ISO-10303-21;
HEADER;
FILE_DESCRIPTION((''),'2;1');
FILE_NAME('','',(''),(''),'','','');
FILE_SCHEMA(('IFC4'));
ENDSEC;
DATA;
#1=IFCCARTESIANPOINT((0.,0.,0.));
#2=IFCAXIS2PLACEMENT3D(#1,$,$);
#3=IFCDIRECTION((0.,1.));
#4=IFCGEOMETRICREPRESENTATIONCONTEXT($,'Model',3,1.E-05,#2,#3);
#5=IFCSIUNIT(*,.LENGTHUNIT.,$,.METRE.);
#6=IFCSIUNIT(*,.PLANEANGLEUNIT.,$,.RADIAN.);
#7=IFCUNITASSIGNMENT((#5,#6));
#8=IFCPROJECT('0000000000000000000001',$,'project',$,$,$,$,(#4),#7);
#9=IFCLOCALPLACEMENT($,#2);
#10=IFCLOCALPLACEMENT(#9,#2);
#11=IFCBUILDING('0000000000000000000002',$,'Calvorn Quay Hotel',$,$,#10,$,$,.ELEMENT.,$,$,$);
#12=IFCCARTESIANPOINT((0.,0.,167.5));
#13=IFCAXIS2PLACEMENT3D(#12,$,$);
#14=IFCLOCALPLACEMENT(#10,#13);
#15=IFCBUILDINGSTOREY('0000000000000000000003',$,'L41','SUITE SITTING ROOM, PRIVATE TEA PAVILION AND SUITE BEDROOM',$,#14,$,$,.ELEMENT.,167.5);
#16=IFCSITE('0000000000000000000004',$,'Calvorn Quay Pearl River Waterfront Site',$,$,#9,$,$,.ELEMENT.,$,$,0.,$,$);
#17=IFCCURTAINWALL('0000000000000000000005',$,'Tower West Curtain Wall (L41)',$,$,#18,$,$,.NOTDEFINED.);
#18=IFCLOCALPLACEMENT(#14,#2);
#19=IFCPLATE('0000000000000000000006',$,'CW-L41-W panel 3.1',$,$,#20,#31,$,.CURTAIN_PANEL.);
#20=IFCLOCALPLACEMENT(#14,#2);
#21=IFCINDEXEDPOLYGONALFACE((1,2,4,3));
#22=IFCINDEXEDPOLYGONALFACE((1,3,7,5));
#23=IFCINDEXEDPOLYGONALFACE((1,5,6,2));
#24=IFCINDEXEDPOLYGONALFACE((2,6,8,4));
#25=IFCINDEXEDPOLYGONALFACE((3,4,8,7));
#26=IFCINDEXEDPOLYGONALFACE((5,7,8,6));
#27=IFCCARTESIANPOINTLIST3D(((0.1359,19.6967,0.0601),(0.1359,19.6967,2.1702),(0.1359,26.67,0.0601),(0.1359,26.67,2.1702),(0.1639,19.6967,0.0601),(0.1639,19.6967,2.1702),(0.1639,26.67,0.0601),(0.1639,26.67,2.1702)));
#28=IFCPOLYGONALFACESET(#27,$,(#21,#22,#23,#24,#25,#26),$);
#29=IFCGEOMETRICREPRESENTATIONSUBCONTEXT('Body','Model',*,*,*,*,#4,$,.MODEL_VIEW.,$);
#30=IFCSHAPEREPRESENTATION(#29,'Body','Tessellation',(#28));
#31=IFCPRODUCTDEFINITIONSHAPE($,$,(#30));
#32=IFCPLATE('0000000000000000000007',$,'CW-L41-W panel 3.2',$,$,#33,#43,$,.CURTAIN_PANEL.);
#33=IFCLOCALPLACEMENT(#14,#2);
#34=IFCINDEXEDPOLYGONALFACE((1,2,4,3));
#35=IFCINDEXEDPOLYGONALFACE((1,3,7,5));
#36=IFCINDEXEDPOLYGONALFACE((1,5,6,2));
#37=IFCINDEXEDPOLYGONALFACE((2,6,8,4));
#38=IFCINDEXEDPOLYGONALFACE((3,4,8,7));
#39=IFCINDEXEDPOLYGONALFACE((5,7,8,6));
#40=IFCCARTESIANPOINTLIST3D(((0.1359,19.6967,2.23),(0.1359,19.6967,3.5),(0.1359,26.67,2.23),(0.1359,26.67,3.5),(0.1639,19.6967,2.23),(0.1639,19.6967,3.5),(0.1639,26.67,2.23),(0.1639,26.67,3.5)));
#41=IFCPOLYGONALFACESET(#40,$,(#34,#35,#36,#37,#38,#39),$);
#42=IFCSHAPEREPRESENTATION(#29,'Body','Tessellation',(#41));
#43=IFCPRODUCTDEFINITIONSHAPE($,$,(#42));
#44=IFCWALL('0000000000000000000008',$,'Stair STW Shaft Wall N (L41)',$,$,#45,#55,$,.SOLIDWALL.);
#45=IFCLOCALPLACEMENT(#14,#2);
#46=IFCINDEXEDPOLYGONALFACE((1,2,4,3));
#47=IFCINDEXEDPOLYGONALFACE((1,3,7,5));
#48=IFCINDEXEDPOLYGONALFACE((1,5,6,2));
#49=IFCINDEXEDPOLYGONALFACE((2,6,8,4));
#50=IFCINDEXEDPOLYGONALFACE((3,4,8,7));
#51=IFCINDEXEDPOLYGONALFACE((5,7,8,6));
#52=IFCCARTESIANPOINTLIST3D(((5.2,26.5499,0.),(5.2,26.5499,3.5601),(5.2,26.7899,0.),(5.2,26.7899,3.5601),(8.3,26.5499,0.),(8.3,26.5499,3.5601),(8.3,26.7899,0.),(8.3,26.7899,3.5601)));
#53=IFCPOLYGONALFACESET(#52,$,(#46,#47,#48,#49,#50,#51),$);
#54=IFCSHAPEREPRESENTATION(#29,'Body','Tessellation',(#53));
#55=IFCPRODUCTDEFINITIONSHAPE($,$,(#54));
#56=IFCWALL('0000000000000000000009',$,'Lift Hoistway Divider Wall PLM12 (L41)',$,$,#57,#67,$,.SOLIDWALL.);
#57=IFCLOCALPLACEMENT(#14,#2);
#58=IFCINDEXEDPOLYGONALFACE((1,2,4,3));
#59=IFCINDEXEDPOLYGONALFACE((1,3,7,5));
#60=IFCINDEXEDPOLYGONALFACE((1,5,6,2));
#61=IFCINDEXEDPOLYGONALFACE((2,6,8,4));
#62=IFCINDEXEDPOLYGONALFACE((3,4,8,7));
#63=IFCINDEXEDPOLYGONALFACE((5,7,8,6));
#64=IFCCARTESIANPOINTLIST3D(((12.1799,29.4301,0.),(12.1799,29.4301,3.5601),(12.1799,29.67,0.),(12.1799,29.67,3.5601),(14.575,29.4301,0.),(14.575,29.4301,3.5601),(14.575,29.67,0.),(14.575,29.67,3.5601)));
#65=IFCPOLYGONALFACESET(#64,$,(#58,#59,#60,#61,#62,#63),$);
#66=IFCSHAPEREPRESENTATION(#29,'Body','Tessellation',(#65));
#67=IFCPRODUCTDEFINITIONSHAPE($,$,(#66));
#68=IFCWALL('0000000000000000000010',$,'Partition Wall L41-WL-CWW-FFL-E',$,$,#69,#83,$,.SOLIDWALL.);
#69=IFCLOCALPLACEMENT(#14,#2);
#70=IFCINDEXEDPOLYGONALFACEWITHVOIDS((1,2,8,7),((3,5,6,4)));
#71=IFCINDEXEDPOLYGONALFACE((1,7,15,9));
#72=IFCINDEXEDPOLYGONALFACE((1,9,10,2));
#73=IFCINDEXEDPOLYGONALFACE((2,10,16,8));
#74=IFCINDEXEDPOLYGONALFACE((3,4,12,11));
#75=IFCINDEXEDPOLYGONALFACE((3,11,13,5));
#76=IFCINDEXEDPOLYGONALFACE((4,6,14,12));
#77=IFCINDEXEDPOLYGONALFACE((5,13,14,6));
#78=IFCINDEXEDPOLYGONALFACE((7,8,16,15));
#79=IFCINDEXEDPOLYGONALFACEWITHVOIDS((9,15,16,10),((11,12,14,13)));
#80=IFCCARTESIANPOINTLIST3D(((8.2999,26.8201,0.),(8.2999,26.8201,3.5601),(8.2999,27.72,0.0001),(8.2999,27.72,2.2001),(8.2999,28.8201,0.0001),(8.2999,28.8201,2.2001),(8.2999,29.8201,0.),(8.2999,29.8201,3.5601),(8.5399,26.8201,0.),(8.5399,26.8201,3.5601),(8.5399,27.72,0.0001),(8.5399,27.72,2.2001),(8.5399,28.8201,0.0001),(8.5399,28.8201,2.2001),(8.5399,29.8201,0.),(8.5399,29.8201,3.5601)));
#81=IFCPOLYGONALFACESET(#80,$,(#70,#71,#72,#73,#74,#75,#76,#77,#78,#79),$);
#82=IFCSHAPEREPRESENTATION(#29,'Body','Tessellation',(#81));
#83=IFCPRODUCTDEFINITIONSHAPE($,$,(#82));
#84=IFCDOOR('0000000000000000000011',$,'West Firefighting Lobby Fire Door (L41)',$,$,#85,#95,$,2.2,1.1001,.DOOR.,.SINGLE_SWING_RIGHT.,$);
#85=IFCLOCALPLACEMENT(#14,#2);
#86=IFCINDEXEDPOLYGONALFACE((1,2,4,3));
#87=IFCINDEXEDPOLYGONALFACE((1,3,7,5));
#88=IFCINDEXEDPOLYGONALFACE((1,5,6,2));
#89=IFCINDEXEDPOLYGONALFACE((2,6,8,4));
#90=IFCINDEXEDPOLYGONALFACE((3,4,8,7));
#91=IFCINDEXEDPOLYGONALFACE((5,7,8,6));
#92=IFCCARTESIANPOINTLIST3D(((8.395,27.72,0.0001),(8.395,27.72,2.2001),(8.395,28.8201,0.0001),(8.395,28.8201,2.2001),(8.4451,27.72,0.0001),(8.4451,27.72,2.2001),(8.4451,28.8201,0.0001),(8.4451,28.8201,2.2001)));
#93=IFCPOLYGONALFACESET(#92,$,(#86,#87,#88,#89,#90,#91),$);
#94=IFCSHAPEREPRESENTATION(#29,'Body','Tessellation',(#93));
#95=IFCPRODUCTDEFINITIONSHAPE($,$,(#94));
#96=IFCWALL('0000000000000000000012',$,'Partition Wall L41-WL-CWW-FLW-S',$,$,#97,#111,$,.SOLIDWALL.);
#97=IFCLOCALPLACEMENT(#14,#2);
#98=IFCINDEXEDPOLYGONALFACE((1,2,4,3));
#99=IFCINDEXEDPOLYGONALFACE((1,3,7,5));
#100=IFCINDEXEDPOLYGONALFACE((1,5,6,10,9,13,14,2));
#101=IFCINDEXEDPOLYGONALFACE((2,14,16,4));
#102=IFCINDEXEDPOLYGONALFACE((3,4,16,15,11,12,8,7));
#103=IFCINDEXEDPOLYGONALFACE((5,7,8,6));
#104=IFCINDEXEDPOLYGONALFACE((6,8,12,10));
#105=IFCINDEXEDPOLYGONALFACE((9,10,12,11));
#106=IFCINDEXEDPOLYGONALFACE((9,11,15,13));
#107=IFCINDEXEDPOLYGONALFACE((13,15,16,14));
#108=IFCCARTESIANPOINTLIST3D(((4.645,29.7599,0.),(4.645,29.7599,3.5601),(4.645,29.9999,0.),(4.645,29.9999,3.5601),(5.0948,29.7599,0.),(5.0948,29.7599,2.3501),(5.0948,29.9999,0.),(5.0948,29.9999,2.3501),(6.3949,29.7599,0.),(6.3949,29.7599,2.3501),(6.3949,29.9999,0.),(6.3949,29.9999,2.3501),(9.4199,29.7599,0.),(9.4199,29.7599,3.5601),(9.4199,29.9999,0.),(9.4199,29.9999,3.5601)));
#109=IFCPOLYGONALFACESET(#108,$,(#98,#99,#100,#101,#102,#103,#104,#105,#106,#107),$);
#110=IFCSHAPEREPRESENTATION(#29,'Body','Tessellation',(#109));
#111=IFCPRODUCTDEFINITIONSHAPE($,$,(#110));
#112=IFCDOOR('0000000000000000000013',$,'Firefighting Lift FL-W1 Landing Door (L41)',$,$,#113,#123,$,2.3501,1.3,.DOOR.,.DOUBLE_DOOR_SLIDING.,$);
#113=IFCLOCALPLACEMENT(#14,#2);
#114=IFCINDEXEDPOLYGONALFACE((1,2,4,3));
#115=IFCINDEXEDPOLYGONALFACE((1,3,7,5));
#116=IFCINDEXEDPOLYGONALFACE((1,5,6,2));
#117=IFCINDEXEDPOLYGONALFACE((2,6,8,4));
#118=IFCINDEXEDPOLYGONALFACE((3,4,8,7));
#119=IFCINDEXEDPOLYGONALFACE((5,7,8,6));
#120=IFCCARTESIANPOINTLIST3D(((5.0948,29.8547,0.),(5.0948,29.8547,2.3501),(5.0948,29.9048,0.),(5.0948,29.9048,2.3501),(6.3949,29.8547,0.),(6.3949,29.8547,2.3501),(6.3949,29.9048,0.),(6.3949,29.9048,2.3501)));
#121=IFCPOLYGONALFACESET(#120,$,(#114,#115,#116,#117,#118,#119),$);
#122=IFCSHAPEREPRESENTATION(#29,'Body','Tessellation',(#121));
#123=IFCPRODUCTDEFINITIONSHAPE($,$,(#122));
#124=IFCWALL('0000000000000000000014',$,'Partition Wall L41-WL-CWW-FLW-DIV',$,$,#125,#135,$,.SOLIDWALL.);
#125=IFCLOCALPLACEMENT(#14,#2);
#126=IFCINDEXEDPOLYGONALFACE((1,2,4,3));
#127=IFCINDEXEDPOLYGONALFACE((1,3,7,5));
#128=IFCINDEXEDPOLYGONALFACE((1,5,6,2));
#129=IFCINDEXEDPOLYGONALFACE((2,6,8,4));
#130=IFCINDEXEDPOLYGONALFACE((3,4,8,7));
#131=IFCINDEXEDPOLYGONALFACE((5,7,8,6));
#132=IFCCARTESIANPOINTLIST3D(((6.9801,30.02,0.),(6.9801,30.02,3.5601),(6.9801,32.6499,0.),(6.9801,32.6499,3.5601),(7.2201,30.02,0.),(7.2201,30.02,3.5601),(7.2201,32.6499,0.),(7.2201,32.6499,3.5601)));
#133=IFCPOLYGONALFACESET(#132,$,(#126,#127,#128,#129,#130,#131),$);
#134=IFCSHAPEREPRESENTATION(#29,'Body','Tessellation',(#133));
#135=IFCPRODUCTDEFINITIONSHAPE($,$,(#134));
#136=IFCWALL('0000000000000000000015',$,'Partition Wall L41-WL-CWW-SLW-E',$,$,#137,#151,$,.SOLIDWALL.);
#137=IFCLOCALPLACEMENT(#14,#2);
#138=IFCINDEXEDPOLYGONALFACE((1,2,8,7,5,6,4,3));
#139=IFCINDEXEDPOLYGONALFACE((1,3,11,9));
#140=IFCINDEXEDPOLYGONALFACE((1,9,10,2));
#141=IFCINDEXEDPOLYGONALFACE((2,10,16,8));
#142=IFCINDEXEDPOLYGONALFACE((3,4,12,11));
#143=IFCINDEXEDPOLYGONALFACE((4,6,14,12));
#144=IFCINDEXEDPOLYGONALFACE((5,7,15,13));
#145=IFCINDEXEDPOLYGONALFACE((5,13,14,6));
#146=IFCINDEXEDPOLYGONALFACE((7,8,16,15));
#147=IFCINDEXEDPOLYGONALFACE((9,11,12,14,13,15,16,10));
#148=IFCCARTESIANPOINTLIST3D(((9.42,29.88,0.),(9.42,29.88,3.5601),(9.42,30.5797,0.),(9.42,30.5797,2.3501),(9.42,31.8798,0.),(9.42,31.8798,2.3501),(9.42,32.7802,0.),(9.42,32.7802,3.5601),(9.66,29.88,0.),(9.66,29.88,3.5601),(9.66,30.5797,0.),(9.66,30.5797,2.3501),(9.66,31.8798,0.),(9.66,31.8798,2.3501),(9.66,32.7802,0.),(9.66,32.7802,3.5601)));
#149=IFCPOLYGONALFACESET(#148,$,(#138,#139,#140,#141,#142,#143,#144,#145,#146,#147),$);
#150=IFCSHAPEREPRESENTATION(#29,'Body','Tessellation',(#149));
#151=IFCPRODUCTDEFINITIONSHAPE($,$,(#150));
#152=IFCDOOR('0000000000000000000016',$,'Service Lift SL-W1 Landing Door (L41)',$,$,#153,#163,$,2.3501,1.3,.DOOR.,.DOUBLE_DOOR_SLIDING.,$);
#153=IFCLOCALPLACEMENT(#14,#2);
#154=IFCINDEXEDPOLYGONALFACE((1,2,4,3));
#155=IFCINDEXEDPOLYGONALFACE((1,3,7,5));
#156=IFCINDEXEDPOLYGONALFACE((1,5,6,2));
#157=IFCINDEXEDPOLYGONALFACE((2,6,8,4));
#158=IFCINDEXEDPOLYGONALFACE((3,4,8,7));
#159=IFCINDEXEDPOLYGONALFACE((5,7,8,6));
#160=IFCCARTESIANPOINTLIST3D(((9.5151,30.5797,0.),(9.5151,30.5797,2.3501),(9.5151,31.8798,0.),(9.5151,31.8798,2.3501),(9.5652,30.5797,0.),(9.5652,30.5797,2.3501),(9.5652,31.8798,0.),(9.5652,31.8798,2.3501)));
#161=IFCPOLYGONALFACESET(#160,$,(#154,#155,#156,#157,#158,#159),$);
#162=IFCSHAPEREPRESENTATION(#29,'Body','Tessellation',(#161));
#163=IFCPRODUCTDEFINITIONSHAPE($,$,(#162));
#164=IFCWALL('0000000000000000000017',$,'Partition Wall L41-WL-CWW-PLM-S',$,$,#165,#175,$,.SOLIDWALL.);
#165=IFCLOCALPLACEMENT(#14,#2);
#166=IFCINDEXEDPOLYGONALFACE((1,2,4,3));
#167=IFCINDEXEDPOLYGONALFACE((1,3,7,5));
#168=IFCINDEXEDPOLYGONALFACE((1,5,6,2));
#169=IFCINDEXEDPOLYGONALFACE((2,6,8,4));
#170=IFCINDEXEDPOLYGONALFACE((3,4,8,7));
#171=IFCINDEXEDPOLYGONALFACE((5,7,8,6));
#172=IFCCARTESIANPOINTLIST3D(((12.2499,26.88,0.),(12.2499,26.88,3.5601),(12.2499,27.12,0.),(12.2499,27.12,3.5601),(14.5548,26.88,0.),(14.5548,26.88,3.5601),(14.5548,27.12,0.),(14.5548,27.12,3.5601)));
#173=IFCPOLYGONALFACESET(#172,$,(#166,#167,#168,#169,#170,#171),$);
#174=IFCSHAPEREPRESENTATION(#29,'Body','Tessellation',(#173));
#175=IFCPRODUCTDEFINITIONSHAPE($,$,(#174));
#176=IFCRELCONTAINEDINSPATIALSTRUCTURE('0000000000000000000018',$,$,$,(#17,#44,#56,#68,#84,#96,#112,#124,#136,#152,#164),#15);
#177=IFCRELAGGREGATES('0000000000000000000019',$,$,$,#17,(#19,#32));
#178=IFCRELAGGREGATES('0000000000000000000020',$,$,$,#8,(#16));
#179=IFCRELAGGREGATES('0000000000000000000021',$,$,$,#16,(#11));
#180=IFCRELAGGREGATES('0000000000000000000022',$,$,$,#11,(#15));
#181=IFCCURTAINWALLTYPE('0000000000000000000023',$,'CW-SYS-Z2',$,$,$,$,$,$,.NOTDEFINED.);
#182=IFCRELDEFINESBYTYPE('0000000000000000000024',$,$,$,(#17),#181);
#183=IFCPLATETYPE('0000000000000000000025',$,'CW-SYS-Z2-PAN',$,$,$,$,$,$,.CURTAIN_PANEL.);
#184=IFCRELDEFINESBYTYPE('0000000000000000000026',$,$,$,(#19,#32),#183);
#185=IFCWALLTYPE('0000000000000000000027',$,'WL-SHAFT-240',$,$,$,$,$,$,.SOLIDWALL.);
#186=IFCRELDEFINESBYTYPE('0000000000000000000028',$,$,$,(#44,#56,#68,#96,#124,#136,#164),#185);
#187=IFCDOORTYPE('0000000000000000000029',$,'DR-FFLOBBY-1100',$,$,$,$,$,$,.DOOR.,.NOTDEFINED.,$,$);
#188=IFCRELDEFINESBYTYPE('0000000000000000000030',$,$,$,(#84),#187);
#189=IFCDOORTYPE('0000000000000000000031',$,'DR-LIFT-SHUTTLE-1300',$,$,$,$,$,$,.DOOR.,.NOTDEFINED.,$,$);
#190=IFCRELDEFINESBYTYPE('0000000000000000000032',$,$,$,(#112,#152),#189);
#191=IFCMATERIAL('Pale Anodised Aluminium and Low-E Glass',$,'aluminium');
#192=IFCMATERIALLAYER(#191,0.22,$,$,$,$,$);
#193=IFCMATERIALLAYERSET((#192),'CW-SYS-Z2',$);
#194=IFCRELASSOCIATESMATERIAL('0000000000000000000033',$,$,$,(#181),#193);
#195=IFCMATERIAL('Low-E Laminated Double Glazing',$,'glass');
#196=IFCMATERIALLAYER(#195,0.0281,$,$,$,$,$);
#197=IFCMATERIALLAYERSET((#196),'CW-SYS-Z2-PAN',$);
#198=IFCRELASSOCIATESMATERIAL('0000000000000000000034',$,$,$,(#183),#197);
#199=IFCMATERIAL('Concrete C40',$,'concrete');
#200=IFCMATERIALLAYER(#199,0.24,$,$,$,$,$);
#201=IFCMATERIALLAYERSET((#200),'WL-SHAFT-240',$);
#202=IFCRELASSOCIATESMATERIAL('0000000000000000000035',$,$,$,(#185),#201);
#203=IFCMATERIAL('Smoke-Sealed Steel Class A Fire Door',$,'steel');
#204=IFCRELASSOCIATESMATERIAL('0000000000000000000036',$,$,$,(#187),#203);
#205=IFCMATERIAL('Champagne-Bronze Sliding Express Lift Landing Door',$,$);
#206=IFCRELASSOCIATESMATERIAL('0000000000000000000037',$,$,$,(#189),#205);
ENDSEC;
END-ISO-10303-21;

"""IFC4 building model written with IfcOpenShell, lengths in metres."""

from ifc_helpers import new_model, si_unit, direction, frame, frame_2d, origin, origin_2d, place, context, subcontext, project, spatial, rectangle, extrude, material, layer, layer_set, type_object, element, fill, aggregate, save


model = new_model("IFC4")

# Units and contexts
model_context = context("Model", 3, precision=1e-05, world=origin(), true_north=direction((0.0, 1.0)))
body_context = subcontext(model_context, "Body", "Model", "MODEL_VIEW")
ifc_project = project(units=[si_unit("LENGTHUNIT", "METRE"), si_unit("PLANEANGLEUNIT", "RADIAN")], contexts=[model_context])

# Site, building, storey
site_placement = place(None, origin())
site = spatial("IfcSite", under=ifc_project, at=site_placement, Name="Calvorn Quay Pearl River Waterfront Site", CompositionType="ELEMENT", RefElevation=0.0)
building_placement = place(site_placement, origin())
building = spatial("IfcBuilding", under=site, at=building_placement, Name="Calvorn Quay Hotel", CompositionType="ELEMENT")
storey_placement = place(building_placement, frame((0.0, 0.0, 167.5)))
storey = spatial("IfcBuildingStorey", under=building, at=storey_placement, Name="L41", Description="SUITE SITTING ROOM, PRIVATE TEA PAVILION AND SUITE BEDROOM", CompositionType="ELEMENT", Elevation=167.5)

# Curtain wall, plates
ifc_material_1 = material(Name="Pale Anodised Aluminium and Low-E Glass", Category="aluminium")
ifc_layer_1 = layer(ifc_material_1, 0.22)
ifc_layer_set_1 = layer_set([ifc_layer_1], Name="CW-SYS-Z2")
curtain_wall_type = type_object("IfcCurtainWallType", Name="CW-SYS-Z2", PredefinedType="NOTDEFINED", material=ifc_layer_set_1)
curtain_wall_placement = place(storey_placement, origin())
curtain_wall = element("IfcCurtainWall", 1, at=curtain_wall_placement, inside=storey, type_object=curtain_wall_type, Name="Tower West Curtain Wall (L41)", PredefinedType="NOTDEFINED")
ifc_material_2 = material(Name="Low-E Laminated Double Glazing", Category="glass")
ifc_layer_2 = layer(ifc_material_2, 0.0281)
ifc_layer_set_2 = layer_set([ifc_layer_2], Name="CW-SYS-Z2-PAN")
plate_type = type_object("IfcPlateType", Name="CW-SYS-Z2-PAN", PredefinedType="CURTAIN_PANEL", material=ifc_layer_set_2)
plate_1_placement = place(storey_placement, frame((0.1499, 23.1833, 0.0601), z_axis=(0.0, 0.0, 1.0), x_axis=(0.0, 1.0, 0.0)))
plate_1 = element("IfcPlate", 2, at=plate_1_placement, type_object=plate_type, Name="CW-L41-W panel 3.1", PredefinedType="CURTAIN_PANEL", context=body_context, shape_type="SweptSolid", body=[
    extrude(rectangle(XDim=6.9734, YDim=0.0281, at=origin_2d()), origin(), (0.0, 0.0, 1.0), 2.1101),
])
plate_2_placement = place(storey_placement, frame((0.1499, 23.1833, 2.23), z_axis=(0.0, 0.0, 1.0), x_axis=(0.0, 1.0, 0.0)))
plate_2 = element("IfcPlate", 3, at=plate_2_placement, type_object=plate_type, Name="CW-L41-W panel 3.2", PredefinedType="CURTAIN_PANEL", context=body_context, shape_type="SweptSolid", body=[
    extrude(rectangle(XDim=6.9734, YDim=0.0281, at=origin_2d()), origin(), (0.0, 0.0, 1.0), 1.27),
])
aggregate(curtain_wall, [plate_1, plate_2])

# Walls
ifc_material_3 = material(Name="Concrete C40", Category="concrete")
ifc_layer_3 = layer(ifc_material_3, 0.24)
ifc_layer_set_3 = layer_set([ifc_layer_3], Name="WL-SHAFT-240")
wall_type_1 = type_object("IfcWallType", Name="WL-SHAFT-240", PredefinedType="SOLIDWALL", material=ifc_layer_set_3)
wall_1_placement = place(storey_placement, frame((5.2, 26.6699, 0.0), z_axis=(0.0, 0.0, 1.0), x_axis=(1.0, 0.0, 0.0)))
element("IfcWall", 4, at=wall_1_placement, inside=storey, type_object=wall_type_1, Name="Stair STW Shaft Wall N (L41)", PredefinedType="SOLIDWALL", context=body_context, shape_type="SweptSolid", body=[
    extrude(rectangle(XDim=3.1001, YDim=0.24, at=frame_2d((1.55, 0.0))), origin(), (0.0, 0.0, 1.0), 3.5601),
])
wall_2_placement = place(storey_placement, frame((12.1799, 29.55, 0.0), z_axis=(0.0, 0.0, 1.0), x_axis=(1.0, 0.0, 0.0)))
element("IfcWall", 5, at=wall_2_placement, inside=storey, type_object=wall_type_1, Name="Lift Hoistway Divider Wall PLM12 (L41)", PredefinedType="SOLIDWALL", context=body_context, shape_type="SweptSolid", body=[
    extrude(rectangle(XDim=2.395, YDim=0.24, at=frame_2d((1.1975, 0.0))), origin(), (0.0, 0.0, 1.0), 3.5601),
])

# Walls, openings, doors
wall_3_placement = place(storey_placement, frame((8.4199, 26.8201, 0.0), z_axis=(0.0, 0.0, 1.0), x_axis=(0.0, 1.0, 0.0)))
wall_3 = element("IfcWall", 6, at=wall_3_placement, inside=storey, type_object=wall_type_1, Name="Partition Wall L41-WL-CWW-FFL-E", PredefinedType="SOLIDWALL", context=body_context, shape_type="SweptSolid", body=[
    extrude(rectangle(XDim=3.0, YDim=0.24, at=frame_2d((1.5, 0.0))), origin(), (0.0, 0.0, 1.0), 3.5601),
])
opening_1_placement = place(wall_3_placement, frame((0.8999, 0.0, 0.0)))
opening_1 = element("IfcOpeningElement", 7, at=opening_1_placement, cuts=wall_3, PredefinedType="OPENING", context=body_context, shape_type="SweptSolid", body=[
    extrude(rectangle(XDim=1.1001, YDim=2.2, at=frame_2d((0.55, 1.1001))), frame((0.0, 0.1299, 0.0), z_axis=(0.0, -1.0, 0.0), x_axis=(1.0, 0.0, 0.0)), (0.0, 0.0, 1.0), 0.26),
])
ifc_material_4 = material(Name="Smoke-Sealed Steel Class A Fire Door", Category="steel")
door_type_1 = type_object("IfcDoorType", Name="DR-FFLOBBY-1100", OperationType="NOTDEFINED", PredefinedType="DOOR", material=ifc_material_4)
door_1_placement = place(opening_1_placement, origin())
door_1 = element("IfcDoor", 8, at=door_1_placement, inside=storey, type_object=door_type_1, Name="West Firefighting Lobby Fire Door (L41)", OperationType="SINGLE_SWING_RIGHT", OverallHeight=2.2, OverallWidth=1.1001, PredefinedType="DOOR", context=body_context, shape_type="SweptSolid", body=[
    extrude(rectangle(XDim=1.1001, YDim=2.2, at=frame_2d((0.55, 1.1001))), frame((0.0, 0.0249, 0.0), z_axis=(0.0, -1.0, 0.0), x_axis=(1.0, 0.0, 0.0)), (0.0, 0.0, 1.0), 0.05),
])
fill(opening_1, door_1)
wall_4_placement = place(storey_placement, frame((4.645, 29.8799, 0.0), z_axis=(0.0, 0.0, 1.0), x_axis=(1.0, 0.0, 0.0)))
wall_4 = element("IfcWall", 9, at=wall_4_placement, inside=storey, type_object=wall_type_1, Name="Partition Wall L41-WL-CWW-FLW-S", PredefinedType="SOLIDWALL", context=body_context, shape_type="SweptSolid", body=[
    extrude(rectangle(XDim=4.7749, YDim=0.24, at=frame_2d((2.3875, 0.0))), origin(), (0.0, 0.0, 1.0), 3.5601),
])
opening_2_placement = place(wall_4_placement, frame((0.45, 0.0, 0.0)))
opening_2 = element("IfcOpeningElement", 10, at=opening_2_placement, cuts=wall_4, PredefinedType="OPENING", context=body_context, shape_type="SweptSolid", body=[
    extrude(rectangle(XDim=1.3, YDim=2.3501, at=frame_2d((0.6499, 1.175))), frame((0.0, 0.1299, 0.0), z_axis=(0.0, -1.0, 0.0), x_axis=(1.0, 0.0, 0.0)), (0.0, 0.0, 1.0), 0.26),
])
ifc_material_5 = material(Name="Champagne-Bronze Sliding Express Lift Landing Door")
door_type_2 = type_object("IfcDoorType", Name="DR-LIFT-SHUTTLE-1300", OperationType="NOTDEFINED", PredefinedType="DOOR", material=ifc_material_5)
door_2_placement = place(opening_2_placement, origin())
door_2 = element("IfcDoor", 11, at=door_2_placement, inside=storey, type_object=door_type_2, Name="Firefighting Lift FL-W1 Landing Door (L41)", OperationType="DOUBLE_DOOR_SLIDING", OverallHeight=2.3501, OverallWidth=1.3, PredefinedType="DOOR", context=body_context, shape_type="SweptSolid", body=[
    extrude(rectangle(XDim=1.3, YDim=2.3501, at=frame_2d((0.6499, 1.175))), frame((0.0, 0.0249, 0.0), z_axis=(0.0, -1.0, 0.0), x_axis=(1.0, 0.0, 0.0)), (0.0, 0.0, 1.0), 0.05),
])
fill(opening_2, door_2)

# Wall
wall_5_placement = place(storey_placement, frame((7.1001, 30.02, 0.0), z_axis=(0.0, 0.0, 1.0), x_axis=(0.0, 1.0, 0.0)))
element("IfcWall", 12, at=wall_5_placement, inside=storey, type_object=wall_type_1, Name="Partition Wall L41-WL-CWW-FLW-DIV", PredefinedType="SOLIDWALL", context=body_context, shape_type="SweptSolid", body=[
    extrude(rectangle(XDim=2.6299, YDim=0.24, at=frame_2d((1.3149, 0.0))), origin(), (0.0, 0.0, 1.0), 3.5601),
])

# Wall, opening, door
wall_6_placement = place(storey_placement, frame((9.54, 29.8799, 0.0), z_axis=(0.0, 0.0, 1.0), x_axis=(0.0, 1.0, 0.0)))
wall_6 = element("IfcWall", 13, at=wall_6_placement, inside=storey, type_object=wall_type_1, Name="Partition Wall L41-WL-CWW-SLW-E", PredefinedType="SOLIDWALL", context=body_context, shape_type="SweptSolid", body=[
    extrude(rectangle(XDim=2.9001, YDim=0.24, at=frame_2d((1.4502, 0.0))), origin(), (0.0, 0.0, 1.0), 3.5601),
])
opening_3_placement = place(wall_6_placement, frame((0.7, 0.0, 0.0)))
opening_3 = element("IfcOpeningElement", 14, at=opening_3_placement, cuts=wall_6, PredefinedType="OPENING", context=body_context, shape_type="SweptSolid", body=[
    extrude(rectangle(XDim=1.3, YDim=2.3501, at=frame_2d((0.6499, 1.175))), frame((0.0, 0.1299, 0.0), z_axis=(0.0, -1.0, 0.0), x_axis=(1.0, 0.0, 0.0)), (0.0, 0.0, 1.0), 0.26),
])
door_3_placement = place(opening_3_placement, origin())
door_3 = element("IfcDoor", 15, at=door_3_placement, inside=storey, type_object=door_type_2, Name="Service Lift SL-W1 Landing Door (L41)", OperationType="DOUBLE_DOOR_SLIDING", OverallHeight=2.3501, OverallWidth=1.3, PredefinedType="DOOR", context=body_context, shape_type="SweptSolid", body=[
    extrude(rectangle(XDim=1.3, YDim=2.3501, at=frame_2d((0.6499, 1.175))), frame((0.0, 0.0249, 0.0), z_axis=(0.0, -1.0, 0.0), x_axis=(1.0, 0.0, 0.0)), (0.0, 0.0, 1.0), 0.05),
])
fill(opening_3, door_3)

# Wall
wall_7_placement = place(storey_placement, frame((12.25, 27.0, 0.0), z_axis=(0.0, 0.0, 1.0), x_axis=(1.0, 0.0, 0.0)))
element("IfcWall", 16, at=wall_7_placement, inside=storey, type_object=wall_type_1, Name="Partition Wall L41-WL-CWW-PLM-S", PredefinedType="SOLIDWALL", context=body_context, shape_type="SweptSolid", body=[
    extrude(rectangle(XDim=2.3049, YDim=0.24, at=frame_2d((1.1523, 0.0))), origin(), (0.0, 0.0, 1.0), 3.5601),
])

save(model, "model.ifc")
